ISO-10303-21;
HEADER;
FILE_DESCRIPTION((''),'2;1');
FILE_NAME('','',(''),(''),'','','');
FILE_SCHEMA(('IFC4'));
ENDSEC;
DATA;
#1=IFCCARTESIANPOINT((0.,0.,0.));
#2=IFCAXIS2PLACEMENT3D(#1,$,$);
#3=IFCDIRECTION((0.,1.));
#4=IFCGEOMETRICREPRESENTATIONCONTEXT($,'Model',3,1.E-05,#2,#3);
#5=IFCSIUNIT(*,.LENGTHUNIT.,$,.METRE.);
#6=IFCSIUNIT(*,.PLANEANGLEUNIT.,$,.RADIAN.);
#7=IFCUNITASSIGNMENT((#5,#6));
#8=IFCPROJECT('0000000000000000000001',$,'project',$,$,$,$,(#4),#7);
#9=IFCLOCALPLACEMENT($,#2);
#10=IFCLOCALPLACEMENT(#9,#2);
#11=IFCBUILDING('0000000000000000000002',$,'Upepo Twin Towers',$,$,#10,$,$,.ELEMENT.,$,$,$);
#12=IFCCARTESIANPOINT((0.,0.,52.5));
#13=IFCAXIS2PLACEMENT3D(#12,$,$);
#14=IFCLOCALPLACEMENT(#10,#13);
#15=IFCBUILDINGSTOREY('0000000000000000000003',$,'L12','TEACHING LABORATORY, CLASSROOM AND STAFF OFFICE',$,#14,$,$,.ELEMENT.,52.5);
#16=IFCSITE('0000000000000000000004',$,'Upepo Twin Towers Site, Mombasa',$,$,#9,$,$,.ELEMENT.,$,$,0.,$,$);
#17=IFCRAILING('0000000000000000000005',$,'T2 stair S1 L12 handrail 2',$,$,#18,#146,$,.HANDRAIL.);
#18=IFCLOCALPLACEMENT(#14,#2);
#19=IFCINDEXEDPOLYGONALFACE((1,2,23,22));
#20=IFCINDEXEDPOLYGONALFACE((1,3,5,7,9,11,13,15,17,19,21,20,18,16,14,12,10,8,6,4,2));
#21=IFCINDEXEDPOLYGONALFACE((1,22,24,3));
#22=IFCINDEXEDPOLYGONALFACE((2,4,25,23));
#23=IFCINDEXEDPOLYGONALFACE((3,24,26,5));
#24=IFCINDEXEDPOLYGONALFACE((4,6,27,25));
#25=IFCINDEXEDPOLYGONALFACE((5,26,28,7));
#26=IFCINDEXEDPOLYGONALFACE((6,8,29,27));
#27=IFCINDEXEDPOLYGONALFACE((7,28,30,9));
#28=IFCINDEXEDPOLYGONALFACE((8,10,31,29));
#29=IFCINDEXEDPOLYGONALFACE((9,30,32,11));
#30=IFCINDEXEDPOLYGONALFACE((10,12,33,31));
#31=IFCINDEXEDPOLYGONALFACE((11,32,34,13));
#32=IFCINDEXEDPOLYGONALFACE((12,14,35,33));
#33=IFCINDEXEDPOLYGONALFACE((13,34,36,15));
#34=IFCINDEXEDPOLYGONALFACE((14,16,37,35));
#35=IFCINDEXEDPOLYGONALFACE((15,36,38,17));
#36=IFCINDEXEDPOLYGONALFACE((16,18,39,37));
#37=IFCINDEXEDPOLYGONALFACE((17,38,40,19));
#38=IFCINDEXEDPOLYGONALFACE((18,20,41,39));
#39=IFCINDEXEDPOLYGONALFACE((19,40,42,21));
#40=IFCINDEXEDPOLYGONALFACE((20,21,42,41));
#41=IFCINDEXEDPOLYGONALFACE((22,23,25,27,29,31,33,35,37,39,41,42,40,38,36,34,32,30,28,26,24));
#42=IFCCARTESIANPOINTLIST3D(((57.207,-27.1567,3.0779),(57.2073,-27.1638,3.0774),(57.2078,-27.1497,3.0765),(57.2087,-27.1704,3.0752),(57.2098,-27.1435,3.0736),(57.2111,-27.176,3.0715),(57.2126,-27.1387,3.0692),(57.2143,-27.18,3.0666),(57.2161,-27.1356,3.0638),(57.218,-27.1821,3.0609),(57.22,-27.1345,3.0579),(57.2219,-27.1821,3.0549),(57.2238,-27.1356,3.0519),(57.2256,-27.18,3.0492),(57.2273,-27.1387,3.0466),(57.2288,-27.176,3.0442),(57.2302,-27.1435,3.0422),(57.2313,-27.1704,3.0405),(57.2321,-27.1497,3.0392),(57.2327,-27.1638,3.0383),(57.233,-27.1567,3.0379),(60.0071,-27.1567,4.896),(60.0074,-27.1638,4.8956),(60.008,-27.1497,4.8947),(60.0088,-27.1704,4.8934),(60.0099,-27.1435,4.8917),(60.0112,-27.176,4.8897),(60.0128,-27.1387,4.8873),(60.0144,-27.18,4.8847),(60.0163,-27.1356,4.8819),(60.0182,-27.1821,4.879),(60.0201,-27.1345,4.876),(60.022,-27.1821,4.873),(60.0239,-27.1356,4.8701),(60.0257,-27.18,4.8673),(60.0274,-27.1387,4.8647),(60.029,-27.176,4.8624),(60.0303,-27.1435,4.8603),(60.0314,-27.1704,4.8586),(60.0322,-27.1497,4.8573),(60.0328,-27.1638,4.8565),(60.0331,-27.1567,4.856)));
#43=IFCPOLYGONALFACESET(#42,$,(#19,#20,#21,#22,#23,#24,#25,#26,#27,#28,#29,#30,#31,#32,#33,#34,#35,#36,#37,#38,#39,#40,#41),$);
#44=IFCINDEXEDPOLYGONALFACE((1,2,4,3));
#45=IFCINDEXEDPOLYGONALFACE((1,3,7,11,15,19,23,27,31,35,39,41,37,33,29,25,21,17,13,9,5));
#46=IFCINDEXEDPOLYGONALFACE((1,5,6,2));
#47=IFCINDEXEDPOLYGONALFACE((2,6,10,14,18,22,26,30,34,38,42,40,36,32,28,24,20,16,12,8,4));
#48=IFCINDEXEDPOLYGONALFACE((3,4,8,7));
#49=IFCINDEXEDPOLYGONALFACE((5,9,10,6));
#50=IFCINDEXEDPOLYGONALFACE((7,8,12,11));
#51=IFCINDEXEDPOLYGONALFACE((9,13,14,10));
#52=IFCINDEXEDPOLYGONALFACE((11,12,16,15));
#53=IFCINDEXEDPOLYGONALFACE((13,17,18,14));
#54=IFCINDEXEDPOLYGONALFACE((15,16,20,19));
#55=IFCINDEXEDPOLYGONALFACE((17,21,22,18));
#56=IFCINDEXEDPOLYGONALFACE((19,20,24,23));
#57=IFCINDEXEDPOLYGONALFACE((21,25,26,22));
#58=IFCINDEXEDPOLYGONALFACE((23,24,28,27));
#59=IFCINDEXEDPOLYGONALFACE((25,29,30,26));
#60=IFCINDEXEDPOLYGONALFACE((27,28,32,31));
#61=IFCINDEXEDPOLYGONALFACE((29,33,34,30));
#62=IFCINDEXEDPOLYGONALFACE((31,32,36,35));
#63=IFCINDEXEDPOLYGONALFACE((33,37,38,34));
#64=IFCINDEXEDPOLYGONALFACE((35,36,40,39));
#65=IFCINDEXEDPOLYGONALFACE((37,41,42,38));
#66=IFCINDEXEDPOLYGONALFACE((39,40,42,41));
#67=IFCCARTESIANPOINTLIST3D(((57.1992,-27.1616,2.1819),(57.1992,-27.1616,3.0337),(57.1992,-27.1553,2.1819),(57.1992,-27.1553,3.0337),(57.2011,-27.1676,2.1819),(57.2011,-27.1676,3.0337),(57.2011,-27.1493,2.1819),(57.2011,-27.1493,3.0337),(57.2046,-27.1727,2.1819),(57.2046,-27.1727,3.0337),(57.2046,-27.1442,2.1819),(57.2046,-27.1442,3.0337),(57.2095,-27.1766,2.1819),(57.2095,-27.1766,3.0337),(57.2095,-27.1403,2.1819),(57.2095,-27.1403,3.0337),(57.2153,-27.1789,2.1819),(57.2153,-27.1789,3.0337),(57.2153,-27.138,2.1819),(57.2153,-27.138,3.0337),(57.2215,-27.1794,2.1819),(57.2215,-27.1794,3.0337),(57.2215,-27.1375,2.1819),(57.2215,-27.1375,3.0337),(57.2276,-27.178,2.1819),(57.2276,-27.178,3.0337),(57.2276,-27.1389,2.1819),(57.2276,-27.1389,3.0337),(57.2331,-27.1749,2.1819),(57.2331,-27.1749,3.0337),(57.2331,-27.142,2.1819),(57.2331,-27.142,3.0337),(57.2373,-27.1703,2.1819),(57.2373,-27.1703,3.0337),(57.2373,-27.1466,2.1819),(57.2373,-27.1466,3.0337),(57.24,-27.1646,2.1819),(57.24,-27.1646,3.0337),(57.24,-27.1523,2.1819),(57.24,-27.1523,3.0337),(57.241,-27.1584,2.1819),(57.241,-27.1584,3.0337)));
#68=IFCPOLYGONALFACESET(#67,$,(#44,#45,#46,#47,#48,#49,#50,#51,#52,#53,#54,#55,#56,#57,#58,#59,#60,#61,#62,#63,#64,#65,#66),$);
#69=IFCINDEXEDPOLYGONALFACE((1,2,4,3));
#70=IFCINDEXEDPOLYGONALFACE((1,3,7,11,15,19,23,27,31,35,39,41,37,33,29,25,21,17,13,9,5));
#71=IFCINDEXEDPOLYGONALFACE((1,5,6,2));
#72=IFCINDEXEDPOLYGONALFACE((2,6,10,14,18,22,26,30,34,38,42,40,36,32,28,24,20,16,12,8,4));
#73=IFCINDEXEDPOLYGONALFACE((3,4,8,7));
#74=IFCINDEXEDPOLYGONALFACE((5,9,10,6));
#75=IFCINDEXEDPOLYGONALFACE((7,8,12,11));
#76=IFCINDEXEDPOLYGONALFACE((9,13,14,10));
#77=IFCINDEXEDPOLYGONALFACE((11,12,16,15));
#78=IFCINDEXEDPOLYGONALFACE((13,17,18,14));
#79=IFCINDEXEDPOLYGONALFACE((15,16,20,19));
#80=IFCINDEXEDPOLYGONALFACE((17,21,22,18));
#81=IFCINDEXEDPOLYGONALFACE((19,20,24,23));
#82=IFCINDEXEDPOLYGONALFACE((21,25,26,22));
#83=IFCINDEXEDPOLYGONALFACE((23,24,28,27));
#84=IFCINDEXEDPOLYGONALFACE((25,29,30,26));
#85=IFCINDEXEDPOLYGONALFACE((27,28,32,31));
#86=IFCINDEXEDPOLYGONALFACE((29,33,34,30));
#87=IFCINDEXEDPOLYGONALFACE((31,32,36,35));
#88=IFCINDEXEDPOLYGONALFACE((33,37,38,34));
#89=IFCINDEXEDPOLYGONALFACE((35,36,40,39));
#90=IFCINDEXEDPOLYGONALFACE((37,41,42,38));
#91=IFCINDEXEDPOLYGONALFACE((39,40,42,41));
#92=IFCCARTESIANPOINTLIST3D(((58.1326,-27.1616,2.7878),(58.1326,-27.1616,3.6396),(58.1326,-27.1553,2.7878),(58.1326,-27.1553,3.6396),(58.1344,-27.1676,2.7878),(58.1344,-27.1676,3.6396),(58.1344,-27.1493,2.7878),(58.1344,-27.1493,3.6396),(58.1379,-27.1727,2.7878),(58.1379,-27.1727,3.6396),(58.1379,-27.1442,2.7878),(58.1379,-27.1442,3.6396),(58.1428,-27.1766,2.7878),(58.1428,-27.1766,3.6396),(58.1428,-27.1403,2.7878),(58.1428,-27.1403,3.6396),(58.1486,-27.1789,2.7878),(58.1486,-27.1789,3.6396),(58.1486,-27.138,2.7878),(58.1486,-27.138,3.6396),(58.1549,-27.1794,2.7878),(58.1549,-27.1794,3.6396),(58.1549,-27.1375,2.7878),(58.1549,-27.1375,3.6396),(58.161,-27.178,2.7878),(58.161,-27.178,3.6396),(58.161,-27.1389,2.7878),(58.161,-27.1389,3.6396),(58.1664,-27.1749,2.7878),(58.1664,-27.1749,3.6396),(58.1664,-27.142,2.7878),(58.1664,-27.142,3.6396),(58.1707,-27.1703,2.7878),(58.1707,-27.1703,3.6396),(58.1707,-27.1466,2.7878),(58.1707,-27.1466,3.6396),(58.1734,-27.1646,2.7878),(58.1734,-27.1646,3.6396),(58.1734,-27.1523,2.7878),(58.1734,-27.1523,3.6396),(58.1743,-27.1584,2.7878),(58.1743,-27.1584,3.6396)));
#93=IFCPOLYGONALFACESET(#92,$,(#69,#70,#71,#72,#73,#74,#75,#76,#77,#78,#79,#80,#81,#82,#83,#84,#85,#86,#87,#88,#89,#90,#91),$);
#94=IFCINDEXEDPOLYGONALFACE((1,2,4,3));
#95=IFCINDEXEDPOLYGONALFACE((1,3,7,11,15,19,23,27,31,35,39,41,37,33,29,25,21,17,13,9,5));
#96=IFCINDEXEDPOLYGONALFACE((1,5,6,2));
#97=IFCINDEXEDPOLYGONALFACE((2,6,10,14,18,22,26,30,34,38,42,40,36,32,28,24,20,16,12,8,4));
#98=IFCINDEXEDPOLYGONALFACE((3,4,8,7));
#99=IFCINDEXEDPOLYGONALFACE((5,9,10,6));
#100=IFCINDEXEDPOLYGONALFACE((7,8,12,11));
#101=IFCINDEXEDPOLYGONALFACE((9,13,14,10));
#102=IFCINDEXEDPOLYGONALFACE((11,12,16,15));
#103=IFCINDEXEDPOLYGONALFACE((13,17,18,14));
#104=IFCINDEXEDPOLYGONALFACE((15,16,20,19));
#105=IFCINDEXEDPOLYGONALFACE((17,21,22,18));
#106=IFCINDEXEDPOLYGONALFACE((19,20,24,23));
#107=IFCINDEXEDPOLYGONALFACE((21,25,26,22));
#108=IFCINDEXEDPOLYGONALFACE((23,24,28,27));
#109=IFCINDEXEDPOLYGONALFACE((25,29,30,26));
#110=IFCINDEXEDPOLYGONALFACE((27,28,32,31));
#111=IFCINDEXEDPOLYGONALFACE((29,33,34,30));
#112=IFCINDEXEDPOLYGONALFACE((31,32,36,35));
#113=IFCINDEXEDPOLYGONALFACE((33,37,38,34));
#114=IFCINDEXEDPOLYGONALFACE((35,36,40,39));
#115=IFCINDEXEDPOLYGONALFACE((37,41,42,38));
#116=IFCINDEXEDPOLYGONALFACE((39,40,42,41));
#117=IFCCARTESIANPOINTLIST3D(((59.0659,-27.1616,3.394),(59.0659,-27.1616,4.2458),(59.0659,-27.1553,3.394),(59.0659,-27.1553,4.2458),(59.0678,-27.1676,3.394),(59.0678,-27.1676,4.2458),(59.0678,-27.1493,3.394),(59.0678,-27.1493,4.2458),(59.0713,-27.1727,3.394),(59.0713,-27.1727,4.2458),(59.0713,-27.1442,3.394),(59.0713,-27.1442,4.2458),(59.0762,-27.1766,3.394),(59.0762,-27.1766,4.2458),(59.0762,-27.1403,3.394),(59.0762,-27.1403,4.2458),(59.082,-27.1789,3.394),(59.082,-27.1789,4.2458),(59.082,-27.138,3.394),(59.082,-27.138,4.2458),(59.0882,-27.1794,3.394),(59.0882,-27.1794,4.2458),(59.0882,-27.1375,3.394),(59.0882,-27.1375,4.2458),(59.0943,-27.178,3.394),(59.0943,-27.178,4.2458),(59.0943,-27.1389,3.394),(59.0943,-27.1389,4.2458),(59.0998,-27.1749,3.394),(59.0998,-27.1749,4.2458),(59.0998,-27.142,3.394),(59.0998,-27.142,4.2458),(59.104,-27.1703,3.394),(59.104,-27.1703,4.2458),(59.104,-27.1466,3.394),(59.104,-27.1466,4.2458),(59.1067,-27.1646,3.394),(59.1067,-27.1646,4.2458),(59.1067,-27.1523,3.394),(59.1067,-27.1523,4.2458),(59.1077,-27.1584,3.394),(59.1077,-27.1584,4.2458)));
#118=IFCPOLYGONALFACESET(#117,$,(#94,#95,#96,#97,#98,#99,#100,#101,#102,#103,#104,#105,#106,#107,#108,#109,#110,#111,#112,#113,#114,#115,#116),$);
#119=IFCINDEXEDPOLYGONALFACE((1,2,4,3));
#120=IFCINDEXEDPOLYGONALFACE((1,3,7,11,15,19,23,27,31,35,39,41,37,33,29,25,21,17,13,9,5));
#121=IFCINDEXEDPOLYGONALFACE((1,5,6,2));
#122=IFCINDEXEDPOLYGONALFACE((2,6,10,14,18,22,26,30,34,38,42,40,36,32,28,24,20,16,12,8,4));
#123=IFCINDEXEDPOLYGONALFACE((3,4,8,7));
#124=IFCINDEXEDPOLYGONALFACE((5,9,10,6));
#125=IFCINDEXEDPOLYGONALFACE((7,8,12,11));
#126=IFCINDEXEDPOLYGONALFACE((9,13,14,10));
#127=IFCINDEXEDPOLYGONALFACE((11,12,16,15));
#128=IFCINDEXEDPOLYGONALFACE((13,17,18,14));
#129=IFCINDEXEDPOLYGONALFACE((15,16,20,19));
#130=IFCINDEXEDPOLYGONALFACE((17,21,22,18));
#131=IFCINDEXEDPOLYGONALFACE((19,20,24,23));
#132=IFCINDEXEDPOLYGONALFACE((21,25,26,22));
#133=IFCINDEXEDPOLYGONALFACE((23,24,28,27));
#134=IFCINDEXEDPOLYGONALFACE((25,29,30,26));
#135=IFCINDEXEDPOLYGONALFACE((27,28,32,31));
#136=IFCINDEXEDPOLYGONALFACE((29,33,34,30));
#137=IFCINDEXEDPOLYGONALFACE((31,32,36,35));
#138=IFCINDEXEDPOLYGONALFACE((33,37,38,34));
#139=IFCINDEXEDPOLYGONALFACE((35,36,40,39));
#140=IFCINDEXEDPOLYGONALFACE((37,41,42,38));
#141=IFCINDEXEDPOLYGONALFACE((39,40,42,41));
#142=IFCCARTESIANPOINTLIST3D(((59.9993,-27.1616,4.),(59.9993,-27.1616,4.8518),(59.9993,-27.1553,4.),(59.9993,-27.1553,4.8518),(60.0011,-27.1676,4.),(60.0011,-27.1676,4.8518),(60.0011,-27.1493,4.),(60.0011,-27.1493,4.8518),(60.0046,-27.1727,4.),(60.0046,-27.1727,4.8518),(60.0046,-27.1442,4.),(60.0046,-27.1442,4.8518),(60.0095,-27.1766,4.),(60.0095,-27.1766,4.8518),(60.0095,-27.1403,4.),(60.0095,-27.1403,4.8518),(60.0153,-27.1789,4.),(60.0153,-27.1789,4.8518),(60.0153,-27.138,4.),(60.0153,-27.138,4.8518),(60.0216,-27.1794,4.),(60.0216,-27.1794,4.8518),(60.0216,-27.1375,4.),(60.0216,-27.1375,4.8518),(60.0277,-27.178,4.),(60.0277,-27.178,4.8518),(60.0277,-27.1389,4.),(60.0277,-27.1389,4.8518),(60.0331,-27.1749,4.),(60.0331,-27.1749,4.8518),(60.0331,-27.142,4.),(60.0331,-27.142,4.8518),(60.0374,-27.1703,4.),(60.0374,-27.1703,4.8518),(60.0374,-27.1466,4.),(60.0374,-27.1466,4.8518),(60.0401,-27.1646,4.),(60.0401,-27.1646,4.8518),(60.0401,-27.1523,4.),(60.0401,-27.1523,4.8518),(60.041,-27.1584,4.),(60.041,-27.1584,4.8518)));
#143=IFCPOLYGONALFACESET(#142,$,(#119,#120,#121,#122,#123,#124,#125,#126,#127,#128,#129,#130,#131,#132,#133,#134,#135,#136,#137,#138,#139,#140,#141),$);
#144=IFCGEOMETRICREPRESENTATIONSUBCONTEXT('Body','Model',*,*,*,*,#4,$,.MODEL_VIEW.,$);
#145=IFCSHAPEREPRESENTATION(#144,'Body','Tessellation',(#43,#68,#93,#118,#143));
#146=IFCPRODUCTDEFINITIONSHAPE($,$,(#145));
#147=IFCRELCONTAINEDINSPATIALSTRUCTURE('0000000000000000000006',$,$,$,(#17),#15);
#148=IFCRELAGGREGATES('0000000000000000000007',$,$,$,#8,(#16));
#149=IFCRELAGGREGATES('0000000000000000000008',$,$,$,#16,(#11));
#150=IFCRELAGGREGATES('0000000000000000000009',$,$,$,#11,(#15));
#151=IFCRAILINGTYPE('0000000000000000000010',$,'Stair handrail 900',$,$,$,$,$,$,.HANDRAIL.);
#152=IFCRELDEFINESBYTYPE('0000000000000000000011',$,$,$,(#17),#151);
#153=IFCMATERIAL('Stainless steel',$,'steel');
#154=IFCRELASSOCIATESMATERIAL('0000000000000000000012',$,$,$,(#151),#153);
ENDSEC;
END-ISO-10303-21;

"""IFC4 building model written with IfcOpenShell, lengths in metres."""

from ifc_helpers import new_model, si_unit, direction, frame, origin, origin_2d, place, context, subcontext, project, spatial, circle, extrude, material, type_object, element, save


model = new_model("IFC4")

# Units and contexts
model_context = context("Model", 3, precision=1e-05, world=origin(), true_north=direction((0.0, 1.0)))
body_context = subcontext(model_context, "Body", "Model", "MODEL_VIEW")
ifc_project = project(units=[si_unit("LENGTHUNIT", "METRE"), si_unit("PLANEANGLEUNIT", "RADIAN")], contexts=[model_context])

# Site, building, storey
site_placement = place(None, origin())
site = spatial("IfcSite", under=ifc_project, at=site_placement, Name="Upepo Twin Towers Site, Mombasa", CompositionType="ELEMENT", RefElevation=0.0)
building_placement = place(site_placement, origin())
building = spatial("IfcBuilding", under=site, at=building_placement, Name="Upepo Twin Towers", CompositionType="ELEMENT")
storey_placement = place(building_placement, frame((0.0, 0.0, 52.5)))
storey = spatial("IfcBuildingStorey", under=building, at=storey_placement, Name="L12", Description="TEACHING LABORATORY, CLASSROOM AND STAFF OFFICE", CompositionType="ELEMENT", Elevation=52.5)

# Railing
ifc_material_1 = material(Name="Stainless steel", Category="steel")
railing_type = type_object("IfcRailingType", Name="Stair handrail 900", PredefinedType="HANDRAIL", material=ifc_material_1)
railing_1_placement = place(storey_placement, frame((57.22, -27.1584, 2.1819)))
element("IfcRailing", 1, at=railing_1_placement, inside=storey, type_object=railing_type, Name="T2 stair S1 L12 handrail 2", PredefinedType="HANDRAIL", context=body_context, shape_type="SweptSolid", body=[
    extrude(circle(Radius=0.0239, at=origin_2d()), frame((0.0, 0.0, 0.876), z_axis=(0.838706, 0.0, 0.544585), x_axis=(0.0, 1.0, 0.0)), (0.0, 0.0, 1.0), 3.3386),
    extrude(circle(Radius=0.021, at=origin_2d()), origin(), (0.0, 0.0, 1.0), 0.8518),
    extrude(circle(Radius=0.021, at=origin_2d()), frame((0.9333, 0.0, 0.606)), (0.0, 0.0, 1.0), 0.8518),
    extrude(circle(Radius=0.021, at=origin_2d()), frame((1.8667, 0.0, 1.2122)), (0.0, 0.0, 1.0), 0.8518),
    extrude(circle(Radius=0.021, at=origin_2d()), frame((2.8, 0.0, 1.8181)), (0.0, 0.0, 1.0), 0.8518),
])

save(model, "model.ifc")
